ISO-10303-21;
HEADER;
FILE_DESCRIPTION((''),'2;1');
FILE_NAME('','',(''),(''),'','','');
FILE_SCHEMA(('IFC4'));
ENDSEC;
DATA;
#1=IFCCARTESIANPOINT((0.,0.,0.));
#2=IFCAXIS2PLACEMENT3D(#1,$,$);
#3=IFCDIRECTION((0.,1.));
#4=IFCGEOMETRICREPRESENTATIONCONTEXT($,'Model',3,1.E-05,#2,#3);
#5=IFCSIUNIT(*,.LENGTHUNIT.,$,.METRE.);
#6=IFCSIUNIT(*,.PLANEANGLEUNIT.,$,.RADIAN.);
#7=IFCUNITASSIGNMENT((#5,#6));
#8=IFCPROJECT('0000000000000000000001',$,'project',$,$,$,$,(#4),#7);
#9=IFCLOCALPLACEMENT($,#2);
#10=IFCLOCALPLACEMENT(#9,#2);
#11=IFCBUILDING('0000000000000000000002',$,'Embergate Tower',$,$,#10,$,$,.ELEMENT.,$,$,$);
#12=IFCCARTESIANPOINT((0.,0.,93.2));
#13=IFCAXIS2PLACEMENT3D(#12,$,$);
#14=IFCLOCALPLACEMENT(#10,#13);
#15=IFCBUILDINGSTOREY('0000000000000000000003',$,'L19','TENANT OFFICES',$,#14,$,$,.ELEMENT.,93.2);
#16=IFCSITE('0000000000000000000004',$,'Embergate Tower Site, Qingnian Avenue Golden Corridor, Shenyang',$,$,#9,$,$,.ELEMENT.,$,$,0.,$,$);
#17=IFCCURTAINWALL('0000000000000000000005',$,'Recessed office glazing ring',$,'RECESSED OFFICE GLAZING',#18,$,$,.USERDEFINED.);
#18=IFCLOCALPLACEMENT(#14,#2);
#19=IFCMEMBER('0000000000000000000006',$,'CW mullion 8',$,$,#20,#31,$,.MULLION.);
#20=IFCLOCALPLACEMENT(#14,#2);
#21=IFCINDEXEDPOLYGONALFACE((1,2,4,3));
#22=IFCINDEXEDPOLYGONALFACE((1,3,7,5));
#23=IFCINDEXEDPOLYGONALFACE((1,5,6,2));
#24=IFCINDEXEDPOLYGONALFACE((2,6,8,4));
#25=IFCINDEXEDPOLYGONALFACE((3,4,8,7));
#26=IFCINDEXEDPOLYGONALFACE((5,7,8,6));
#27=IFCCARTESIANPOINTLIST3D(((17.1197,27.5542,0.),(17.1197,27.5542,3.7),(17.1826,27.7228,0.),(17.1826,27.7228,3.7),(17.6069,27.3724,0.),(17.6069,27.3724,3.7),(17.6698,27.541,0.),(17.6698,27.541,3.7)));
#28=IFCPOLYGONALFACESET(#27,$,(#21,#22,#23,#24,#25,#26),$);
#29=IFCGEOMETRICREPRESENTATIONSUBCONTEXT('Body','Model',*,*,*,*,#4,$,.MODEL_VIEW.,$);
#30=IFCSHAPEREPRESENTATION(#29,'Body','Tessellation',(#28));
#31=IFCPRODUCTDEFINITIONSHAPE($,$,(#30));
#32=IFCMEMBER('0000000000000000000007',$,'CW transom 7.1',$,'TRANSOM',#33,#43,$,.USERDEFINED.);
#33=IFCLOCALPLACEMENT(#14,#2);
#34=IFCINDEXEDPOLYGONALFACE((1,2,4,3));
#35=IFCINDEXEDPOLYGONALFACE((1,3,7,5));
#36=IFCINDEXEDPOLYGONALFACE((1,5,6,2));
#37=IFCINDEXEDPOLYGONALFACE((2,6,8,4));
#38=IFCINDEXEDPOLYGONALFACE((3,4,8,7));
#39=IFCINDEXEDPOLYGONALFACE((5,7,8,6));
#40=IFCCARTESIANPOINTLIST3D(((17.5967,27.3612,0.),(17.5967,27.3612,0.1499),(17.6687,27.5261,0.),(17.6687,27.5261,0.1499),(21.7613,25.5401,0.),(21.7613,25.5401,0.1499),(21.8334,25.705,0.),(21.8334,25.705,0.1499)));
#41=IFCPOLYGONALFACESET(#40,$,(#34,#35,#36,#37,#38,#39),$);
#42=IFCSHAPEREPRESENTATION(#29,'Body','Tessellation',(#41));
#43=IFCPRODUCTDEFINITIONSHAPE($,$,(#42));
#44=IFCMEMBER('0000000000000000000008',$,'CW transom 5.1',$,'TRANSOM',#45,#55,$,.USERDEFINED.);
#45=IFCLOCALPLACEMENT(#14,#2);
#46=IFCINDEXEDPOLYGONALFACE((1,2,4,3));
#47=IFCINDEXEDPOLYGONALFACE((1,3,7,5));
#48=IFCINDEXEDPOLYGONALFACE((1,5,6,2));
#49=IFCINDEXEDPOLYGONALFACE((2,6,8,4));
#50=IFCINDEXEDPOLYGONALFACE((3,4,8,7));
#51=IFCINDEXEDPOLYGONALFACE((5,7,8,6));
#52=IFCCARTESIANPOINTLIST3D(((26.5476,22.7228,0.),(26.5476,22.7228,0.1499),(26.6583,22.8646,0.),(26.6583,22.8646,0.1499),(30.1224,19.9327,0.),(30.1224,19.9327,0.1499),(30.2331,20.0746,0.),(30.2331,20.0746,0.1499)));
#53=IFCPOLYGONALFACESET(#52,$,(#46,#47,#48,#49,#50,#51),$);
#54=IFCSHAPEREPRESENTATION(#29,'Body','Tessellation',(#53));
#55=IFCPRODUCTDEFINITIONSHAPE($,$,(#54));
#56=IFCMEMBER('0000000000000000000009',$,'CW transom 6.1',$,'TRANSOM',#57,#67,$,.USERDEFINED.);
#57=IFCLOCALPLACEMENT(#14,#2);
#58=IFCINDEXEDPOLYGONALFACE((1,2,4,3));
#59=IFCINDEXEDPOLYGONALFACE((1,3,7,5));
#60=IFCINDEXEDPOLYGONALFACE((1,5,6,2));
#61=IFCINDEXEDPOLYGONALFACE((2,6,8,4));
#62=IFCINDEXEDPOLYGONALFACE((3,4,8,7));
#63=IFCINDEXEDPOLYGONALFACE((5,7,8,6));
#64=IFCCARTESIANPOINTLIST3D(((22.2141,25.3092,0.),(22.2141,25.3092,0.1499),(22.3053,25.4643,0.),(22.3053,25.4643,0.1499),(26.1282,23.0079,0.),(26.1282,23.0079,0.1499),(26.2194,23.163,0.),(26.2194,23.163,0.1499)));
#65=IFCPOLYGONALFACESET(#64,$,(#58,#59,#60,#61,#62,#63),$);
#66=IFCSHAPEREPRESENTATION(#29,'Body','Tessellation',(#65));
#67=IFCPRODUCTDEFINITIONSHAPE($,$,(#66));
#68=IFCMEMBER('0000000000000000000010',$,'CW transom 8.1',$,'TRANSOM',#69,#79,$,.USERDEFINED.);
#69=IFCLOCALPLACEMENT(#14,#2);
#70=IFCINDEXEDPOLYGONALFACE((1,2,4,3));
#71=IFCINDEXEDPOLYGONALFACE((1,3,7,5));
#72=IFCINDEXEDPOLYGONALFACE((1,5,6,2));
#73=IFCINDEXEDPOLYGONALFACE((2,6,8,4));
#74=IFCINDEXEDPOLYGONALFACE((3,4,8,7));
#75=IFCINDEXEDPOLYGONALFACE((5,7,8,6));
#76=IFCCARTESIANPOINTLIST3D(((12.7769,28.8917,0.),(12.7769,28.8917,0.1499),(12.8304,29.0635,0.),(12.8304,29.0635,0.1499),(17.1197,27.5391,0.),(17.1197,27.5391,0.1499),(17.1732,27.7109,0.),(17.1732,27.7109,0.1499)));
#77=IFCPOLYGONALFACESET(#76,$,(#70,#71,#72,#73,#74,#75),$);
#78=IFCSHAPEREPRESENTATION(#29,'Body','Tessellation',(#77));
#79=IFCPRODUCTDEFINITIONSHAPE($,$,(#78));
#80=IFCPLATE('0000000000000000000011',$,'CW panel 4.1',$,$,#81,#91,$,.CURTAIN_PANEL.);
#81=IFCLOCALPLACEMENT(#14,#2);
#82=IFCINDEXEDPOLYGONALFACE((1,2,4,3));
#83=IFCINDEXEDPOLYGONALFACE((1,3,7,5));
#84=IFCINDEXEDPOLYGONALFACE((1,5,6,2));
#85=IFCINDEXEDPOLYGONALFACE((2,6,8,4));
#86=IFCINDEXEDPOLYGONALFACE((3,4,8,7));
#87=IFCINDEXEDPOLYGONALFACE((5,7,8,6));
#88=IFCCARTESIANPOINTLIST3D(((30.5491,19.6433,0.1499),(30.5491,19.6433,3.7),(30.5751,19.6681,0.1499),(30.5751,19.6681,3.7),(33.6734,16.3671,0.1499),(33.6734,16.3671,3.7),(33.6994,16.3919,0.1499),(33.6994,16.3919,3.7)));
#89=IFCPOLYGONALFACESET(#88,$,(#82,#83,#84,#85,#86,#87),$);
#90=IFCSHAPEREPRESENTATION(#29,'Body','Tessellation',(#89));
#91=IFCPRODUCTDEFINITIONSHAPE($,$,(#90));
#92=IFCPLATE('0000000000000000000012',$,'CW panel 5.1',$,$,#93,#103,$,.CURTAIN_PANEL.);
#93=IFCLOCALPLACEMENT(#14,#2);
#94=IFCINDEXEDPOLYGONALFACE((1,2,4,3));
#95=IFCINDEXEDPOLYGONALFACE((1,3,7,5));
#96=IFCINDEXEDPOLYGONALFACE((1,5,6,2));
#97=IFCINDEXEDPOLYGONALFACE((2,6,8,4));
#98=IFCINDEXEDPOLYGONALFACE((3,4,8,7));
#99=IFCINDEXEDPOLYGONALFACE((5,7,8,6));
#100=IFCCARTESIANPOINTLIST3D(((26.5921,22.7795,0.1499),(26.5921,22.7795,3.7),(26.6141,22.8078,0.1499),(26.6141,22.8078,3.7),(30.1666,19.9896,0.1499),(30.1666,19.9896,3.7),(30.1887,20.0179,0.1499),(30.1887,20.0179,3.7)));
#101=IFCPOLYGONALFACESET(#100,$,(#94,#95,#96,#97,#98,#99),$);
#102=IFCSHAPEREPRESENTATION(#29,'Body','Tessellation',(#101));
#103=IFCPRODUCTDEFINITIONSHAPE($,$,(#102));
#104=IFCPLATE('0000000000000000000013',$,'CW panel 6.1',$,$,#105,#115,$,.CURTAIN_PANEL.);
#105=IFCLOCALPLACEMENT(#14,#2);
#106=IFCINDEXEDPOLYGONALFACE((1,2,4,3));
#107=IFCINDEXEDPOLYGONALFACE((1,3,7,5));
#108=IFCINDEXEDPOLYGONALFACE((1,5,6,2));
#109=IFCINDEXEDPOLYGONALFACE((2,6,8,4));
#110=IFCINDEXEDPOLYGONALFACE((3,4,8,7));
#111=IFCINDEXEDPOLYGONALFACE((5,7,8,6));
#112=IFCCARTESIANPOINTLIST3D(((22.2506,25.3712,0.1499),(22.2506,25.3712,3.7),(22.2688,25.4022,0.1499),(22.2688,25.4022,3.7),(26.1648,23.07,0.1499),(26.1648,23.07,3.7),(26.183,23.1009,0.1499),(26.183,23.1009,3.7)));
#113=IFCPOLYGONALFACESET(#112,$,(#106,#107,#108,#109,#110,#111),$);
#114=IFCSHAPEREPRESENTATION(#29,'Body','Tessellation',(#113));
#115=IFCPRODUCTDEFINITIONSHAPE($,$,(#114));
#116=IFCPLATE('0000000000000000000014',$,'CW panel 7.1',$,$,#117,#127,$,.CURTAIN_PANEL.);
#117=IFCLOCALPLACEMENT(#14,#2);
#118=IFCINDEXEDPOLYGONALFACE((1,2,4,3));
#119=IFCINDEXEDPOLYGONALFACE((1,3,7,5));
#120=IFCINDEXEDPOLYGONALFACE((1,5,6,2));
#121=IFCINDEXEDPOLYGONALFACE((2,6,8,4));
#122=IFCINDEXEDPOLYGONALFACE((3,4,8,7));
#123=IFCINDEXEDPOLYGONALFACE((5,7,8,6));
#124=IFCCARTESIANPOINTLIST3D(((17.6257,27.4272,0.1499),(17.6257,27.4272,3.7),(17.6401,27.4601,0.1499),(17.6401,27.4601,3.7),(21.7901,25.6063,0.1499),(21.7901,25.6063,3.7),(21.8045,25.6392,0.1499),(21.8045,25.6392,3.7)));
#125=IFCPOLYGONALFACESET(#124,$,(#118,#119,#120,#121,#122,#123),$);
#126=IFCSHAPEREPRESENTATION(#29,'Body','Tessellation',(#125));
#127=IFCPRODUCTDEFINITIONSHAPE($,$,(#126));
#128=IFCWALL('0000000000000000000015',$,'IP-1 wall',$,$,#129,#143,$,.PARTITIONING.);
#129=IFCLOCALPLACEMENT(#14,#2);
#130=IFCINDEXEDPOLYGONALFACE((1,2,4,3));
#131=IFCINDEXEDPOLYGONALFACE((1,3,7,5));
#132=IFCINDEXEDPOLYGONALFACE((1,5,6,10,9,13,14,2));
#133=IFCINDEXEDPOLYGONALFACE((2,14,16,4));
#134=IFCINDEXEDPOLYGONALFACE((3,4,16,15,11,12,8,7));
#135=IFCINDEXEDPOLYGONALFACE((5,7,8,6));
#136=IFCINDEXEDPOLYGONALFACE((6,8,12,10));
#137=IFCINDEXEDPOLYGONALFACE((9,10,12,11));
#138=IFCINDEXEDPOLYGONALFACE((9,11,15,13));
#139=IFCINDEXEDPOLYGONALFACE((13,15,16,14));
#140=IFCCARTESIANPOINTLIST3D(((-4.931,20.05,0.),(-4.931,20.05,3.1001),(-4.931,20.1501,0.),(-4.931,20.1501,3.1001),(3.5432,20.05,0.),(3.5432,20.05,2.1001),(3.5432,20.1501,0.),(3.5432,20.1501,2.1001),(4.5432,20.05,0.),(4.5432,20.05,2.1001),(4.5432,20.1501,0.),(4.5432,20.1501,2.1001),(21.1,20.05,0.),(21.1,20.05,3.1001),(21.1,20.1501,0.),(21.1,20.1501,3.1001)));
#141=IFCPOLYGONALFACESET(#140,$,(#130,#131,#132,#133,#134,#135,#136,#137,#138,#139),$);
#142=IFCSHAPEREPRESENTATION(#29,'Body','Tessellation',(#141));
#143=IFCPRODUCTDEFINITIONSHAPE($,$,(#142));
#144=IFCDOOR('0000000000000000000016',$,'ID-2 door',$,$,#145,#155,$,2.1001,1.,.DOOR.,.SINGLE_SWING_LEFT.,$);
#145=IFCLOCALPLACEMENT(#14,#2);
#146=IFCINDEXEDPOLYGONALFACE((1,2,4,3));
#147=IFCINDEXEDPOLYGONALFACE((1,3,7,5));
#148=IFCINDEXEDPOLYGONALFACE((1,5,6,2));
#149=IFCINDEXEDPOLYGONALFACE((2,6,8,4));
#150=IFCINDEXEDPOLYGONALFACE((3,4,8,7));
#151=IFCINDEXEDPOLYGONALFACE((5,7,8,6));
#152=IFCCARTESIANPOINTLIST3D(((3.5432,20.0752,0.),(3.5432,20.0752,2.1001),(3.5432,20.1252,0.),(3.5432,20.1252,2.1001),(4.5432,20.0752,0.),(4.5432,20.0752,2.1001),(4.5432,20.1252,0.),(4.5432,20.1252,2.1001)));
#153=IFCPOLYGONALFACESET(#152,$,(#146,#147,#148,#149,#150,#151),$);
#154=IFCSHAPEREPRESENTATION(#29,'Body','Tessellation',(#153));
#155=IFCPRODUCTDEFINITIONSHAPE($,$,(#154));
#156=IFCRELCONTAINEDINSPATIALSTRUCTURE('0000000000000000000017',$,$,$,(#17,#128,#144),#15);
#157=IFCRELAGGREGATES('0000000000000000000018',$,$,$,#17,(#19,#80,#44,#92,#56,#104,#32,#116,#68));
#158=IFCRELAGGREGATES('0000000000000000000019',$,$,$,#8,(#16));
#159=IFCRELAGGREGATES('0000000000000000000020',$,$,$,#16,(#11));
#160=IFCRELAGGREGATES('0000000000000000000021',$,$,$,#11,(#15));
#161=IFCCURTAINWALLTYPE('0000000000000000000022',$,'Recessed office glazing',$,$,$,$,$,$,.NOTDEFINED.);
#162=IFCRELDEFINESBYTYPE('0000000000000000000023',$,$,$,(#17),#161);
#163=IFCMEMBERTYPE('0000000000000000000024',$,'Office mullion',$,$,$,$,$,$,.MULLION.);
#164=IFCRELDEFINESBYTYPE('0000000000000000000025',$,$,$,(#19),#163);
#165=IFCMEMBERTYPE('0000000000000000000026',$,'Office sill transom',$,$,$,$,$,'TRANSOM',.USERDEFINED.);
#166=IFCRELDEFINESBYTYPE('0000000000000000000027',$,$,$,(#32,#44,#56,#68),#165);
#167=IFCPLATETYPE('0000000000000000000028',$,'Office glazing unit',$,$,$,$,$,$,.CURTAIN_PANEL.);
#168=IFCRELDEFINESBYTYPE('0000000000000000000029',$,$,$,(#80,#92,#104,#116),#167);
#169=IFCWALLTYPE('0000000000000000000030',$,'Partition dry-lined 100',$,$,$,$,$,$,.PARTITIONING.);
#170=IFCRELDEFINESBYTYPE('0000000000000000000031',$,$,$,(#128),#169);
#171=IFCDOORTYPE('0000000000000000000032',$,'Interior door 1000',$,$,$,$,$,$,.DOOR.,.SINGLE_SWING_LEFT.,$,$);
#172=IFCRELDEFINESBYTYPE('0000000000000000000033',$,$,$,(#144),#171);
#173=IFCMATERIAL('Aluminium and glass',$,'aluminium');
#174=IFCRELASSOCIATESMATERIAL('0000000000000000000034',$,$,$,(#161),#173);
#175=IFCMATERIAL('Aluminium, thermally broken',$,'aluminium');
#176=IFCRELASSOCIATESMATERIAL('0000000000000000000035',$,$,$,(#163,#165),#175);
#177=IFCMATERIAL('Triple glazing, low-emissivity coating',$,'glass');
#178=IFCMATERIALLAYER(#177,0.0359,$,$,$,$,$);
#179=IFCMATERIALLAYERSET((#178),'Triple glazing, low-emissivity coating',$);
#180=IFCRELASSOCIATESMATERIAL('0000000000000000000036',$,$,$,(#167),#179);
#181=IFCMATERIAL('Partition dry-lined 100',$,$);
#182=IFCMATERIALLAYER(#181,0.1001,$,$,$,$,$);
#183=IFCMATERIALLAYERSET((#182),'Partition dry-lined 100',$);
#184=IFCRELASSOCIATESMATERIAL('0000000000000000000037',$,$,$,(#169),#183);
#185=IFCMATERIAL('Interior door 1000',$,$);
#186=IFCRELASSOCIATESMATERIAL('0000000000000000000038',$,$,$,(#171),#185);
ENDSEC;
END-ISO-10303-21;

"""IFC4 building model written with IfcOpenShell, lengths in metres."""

from ifc_helpers import new_model, si_unit, direction, frame, frame_2d, origin, origin_2d, place, context, subcontext, project, spatial, rectangle, extrude, source, transform, mapped, material, layer, layer_set, material_profile, profile_set, type_object, element, fill, aggregate, save


model = new_model("IFC4")

# Units and contexts
model_context = context("Model", 3, precision=1e-05, world=origin(), true_north=direction((0.0, 1.0)))
body_context = subcontext(model_context, "Body", "Model", "MODEL_VIEW")
ifc_project = project(units=[si_unit("LENGTHUNIT", "METRE"), si_unit("PLANEANGLEUNIT", "RADIAN")], contexts=[model_context])

# Site, building, storey
site_placement = place(None, origin())
site = spatial("IfcSite", under=ifc_project, at=site_placement, Name="Embergate Tower Site, Qingnian Avenue Golden Corridor, Shenyang", CompositionType="ELEMENT", RefElevation=0.0)
building_placement = place(site_placement, origin())
building = spatial("IfcBuilding", under=site, at=building_placement, Name="Embergate Tower", CompositionType="ELEMENT")
storey_placement = place(building_placement, frame((0.0, 0.0, 93.2)))
storey = spatial("IfcBuildingStorey", under=building, at=storey_placement, Name="L19", Description="TENANT OFFICES", CompositionType="ELEMENT", Elevation=93.2)

# Curtain wall, members, plates
ifc_material_1 = material(Name="Aluminium and glass", Category="aluminium")
curtain_wall_type = type_object("IfcCurtainWallType", Name="Recessed office glazing", PredefinedType="NOTDEFINED", material=ifc_material_1)
curtain_wall_placement = place(storey_placement, origin())
curtain_wall = element("IfcCurtainWall", 1, at=curtain_wall_placement, inside=storey, type_object=curtain_wall_type, Name="Recessed office glazing ring", ObjectType="RECESSED OFFICE GLAZING", PredefinedType="USERDEFINED")
ifc_material_2 = material(Name="Aluminium, thermally broken", Category="aluminium")
ifc_material_profile_1 = material_profile(ifc_material_2, rectangle(XDim=0.1799, YDim=0.52, at=origin_2d()), Name="AL 520x180")
ifc_profile_set_1 = profile_set([ifc_material_profile_1], Name="Aluminium, thermally broken")
member_type_1 = type_object("IfcMemberType", Name="Office mullion", PredefinedType="MULLION", material=ifc_profile_set_1)
shared_shape_1 = source(origin(), body_context, "Body", "SweptSolid", [
    extrude(rectangle(XDim=0.1799, YDim=0.52, at=origin_2d()), origin(), (0.0, 0.0, 1.0), 3.7),
])
member_1_placement = place(storey_placement, frame((17.3948, 27.5476, 0.0), z_axis=(0.0, 0.0, 1.0), x_axis=(-0.349504, -0.936935, 0.0)))
member_1 = element("IfcMember", 2, at=member_1_placement, type_object=member_type_1, Name="CW mullion 8", PredefinedType="MULLION", context=body_context, shape_type="MappedRepresentation", body=[
    mapped(shared_shape_1, transform((0.0, 0.0, 0.0))),
])
ifc_material_profile_2 = material_profile(ifc_material_2, rectangle(XDim=0.1799, YDim=0.1499, at=origin_2d()), Name="AL 150x180")
ifc_profile_set_2 = profile_set([ifc_material_profile_2], Name="Aluminium, thermally broken")
member_type_2 = type_object("IfcMemberType", Name="Office sill transom", ElementType="TRANSOM", PredefinedType="USERDEFINED", material=ifc_profile_set_2)
shared_shape_2 = source(origin(), body_context, "Body", "SweptSolid", [
    extrude(rectangle(XDim=0.1799, YDim=0.1499, at=origin_2d()), origin(), (0.0, 0.0, 1.0), 4.5454),
])
member_2_placement = place(storey_placement, frame((21.7974, 25.6226, 0.075), z_axis=(-0.916234, 0.400644, 0.0), x_axis=(-0.400644, -0.916234, 0.0)))
member_2 = element("IfcMember", 3, at=member_2_placement, type_object=member_type_2, Name="CW transom 7.1", ObjectType="TRANSOM", PredefinedType="USERDEFINED", context=body_context, shape_type="MappedRepresentation", body=[
    mapped(shared_shape_2, transform((0.0, 0.0, 0.0))),
])
shared_shape_3 = source(origin(), body_context, "Body", "SweptSolid", [
    extrude(rectangle(XDim=0.1799, YDim=0.1499, at=origin_2d()), origin(), (0.0, 0.0, 1.0), 4.5347),
])
member_3_placement = place(storey_placement, frame((30.1777, 20.0037, 0.075), z_axis=(-0.788313, 0.615274, 0.0), x_axis=(-0.615274, -0.788313, 0.0)))
member_3 = element("IfcMember", 4, at=member_3_placement, type_object=member_type_2, Name="CW transom 5.1", ObjectType="TRANSOM", PredefinedType="USERDEFINED", context=body_context, shape_type="MappedRepresentation", body=[
    mapped(shared_shape_3, transform((0.0, 0.0, 0.0))),
])
shared_shape_4 = source(origin(), body_context, "Body", "SweptSolid", [
    extrude(rectangle(XDim=0.1799, YDim=0.1499, at=origin_2d()), origin(), (0.0, 0.0, 1.0), 4.5405),
])
member_4_placement = place(storey_placement, frame((26.1738, 23.0854, 0.075), z_axis=(-0.862042, 0.506837, 0.0), x_axis=(-0.506837, -0.862042, 0.0)))
member_4 = element("IfcMember", 5, at=member_4_placement, type_object=member_type_2, Name="CW transom 6.1", ObjectType="TRANSOM", PredefinedType="USERDEFINED", context=body_context, shape_type="MappedRepresentation", body=[
    mapped(shared_shape_4, transform((0.0, 0.0, 0.0))),
])
shared_shape_5 = source(origin(), body_context, "Body", "SweptSolid", [
    extrude(rectangle(XDim=0.1799, YDim=0.1499, at=origin_2d()), origin(), (0.0, 0.0, 1.0), 4.5486),
])
member_5_placement = place(storey_placement, frame((17.1465, 27.625, 0.075), z_axis=(-0.954766, 0.297358, 0.0), x_axis=(-0.297358, -0.954766, 0.0)))
member_5 = element("IfcMember", 6, at=member_5_placement, type_object=member_type_2, Name="CW transom 8.1", ObjectType="TRANSOM", PredefinedType="USERDEFINED", context=body_context, shape_type="MappedRepresentation", body=[
    mapped(shared_shape_5, transform((0.0, 0.0, 0.0))),
])
ifc_material_3 = material(Name="Triple glazing, low-emissivity coating", Category="glass")
ifc_layer_1 = layer(ifc_material_3, 0.0359)
ifc_layer_set_1 = layer_set([ifc_layer_1], Name="Triple glazing, low-emissivity coating")
plate_type = type_object("IfcPlateType", Name="Office glazing unit", PredefinedType="CURTAIN_PANEL", material=ifc_layer_set_1)
shared_shape_6 = source(origin(), body_context, "Body", "SweptSolid", [
    extrude(rectangle(XDim=4.5271, YDim=0.0359, at=origin_2d()), origin(), (0.0, 0.0, 1.0), 3.55),
])
plate_1_placement = place(storey_placement, frame((32.1243, 18.0176, 0.1499), z_axis=(0.0, 0.0, 1.0), x_axis=(-0.690133, 0.723683, 0.0)))
plate_1 = element("IfcPlate", 7, at=plate_1_placement, type_object=plate_type, Name="CW panel 4.1", PredefinedType="CURTAIN_PANEL", context=body_context, shape_type="MappedRepresentation", body=[
    mapped(shared_shape_6, transform((0.0, 0.0, 0.0))),
])
shared_shape_7 = source(origin(), body_context, "Body", "SweptSolid", [
    extrude(rectangle(XDim=4.5344, YDim=0.0359, at=origin_2d()), origin(), (0.0, 0.0, 1.0), 3.55),
])
plate_2_placement = place(storey_placement, frame((28.3904, 21.3987, 0.1499), z_axis=(0.0, 0.0, 1.0), x_axis=(-0.788319, 0.615267, 0.0)))
plate_2 = element("IfcPlate", 8, at=plate_2_placement, type_object=plate_type, Name="CW panel 5.1", PredefinedType="CURTAIN_PANEL", context=body_context, shape_type="MappedRepresentation", body=[
    mapped(shared_shape_7, transform((0.0, 0.0, 0.0))),
])
shared_shape_8 = source(origin(), body_context, "Body", "SweptSolid", [
    extrude(rectangle(XDim=4.5405, YDim=0.0359, at=origin_2d()), origin(), (0.0, 0.0, 1.0), 3.55),
])
plate_3_placement = place(storey_placement, frame((24.2168, 24.2361, 0.1499), z_axis=(0.0, 0.0, 1.0), x_axis=(-0.862052, 0.506819, 0.0)))
plate_3 = element("IfcPlate", 9, at=plate_3_placement, type_object=plate_type, Name="CW panel 6.1", PredefinedType="CURTAIN_PANEL", context=body_context, shape_type="MappedRepresentation", body=[
    mapped(shared_shape_8, transform((0.0, 0.0, 0.0))),
])
shared_shape_9 = source(origin(), body_context, "Body", "SweptSolid", [
    extrude(rectangle(XDim=4.5452, YDim=0.0359, at=origin_2d()), origin(), (0.0, 0.0, 1.0), 3.55),
])
plate_4_placement = place(storey_placement, frame((19.7151, 26.5332, 0.1499), z_axis=(0.0, 0.0, 1.0), x_axis=(-0.916236, 0.40064, 0.0)))
plate_4 = element("IfcPlate", 10, at=plate_4_placement, type_object=plate_type, Name="CW panel 7.1", PredefinedType="CURTAIN_PANEL", context=body_context, shape_type="MappedRepresentation", body=[
    mapped(shared_shape_9, transform((0.0, 0.0, 0.0))),
])
aggregate(curtain_wall, [member_1, plate_1, member_3, plate_2, member_4, plate_3, member_2, plate_4, member_5])

# Wall, opening, door
ifc_material_4 = material(Name="Partition dry-lined 100")
ifc_layer_2 = layer(ifc_material_4, 0.1001)
ifc_layer_set_2 = layer_set([ifc_layer_2], Name="Partition dry-lined 100")
wall_type = type_object("IfcWallType", Name="Partition dry-lined 100", PredefinedType="PARTITIONING", material=ifc_layer_set_2)
shared_shape_10 = source(origin(), body_context, "Body", "SweptSolid", [
    extrude(rectangle(XDim=26.031, YDim=0.1001, at=frame_2d((13.0156, 0.0))), origin(), (0.0, 0.0, 1.0), 3.1001),
])
wall_placement = place(storey_placement, frame((21.1001, 20.1001, 0.0), z_axis=(0.0, 0.0, 1.0), x_axis=(-1.0, 0.0, 0.0)))
wall = element("IfcWall", 11, at=wall_placement, inside=storey, type_object=wall_type, Name="IP-1 wall", PredefinedType="PARTITIONING", context=body_context, shape_type="MappedRepresentation", body=[
    mapped(shared_shape_10, transform((0.0, 0.0, 0.0))),
])
shared_shape_11 = source(origin(), body_context, "Body", "SweptSolid", [
    extrude(rectangle(XDim=1.0, YDim=2.1001, at=frame_2d((0.5, 1.05))), frame((0.0, 0.0601, 0.0), z_axis=(0.0, -1.0, 0.0), x_axis=(1.0, 0.0, 0.0)), (0.0, 0.0, 1.0), 0.1201),
])
opening_placement = place(wall_placement, frame((16.5569, 0.0, 0.0)))
opening = element("IfcOpeningElement", 12, at=opening_placement, cuts=wall, PredefinedType="OPENING", context=body_context, shape_type="MappedRepresentation", body=[
    mapped(shared_shape_11, transform((0.0, 0.0, 0.0))),
])
ifc_material_5 = material(Name="Interior door 1000")
door_type = type_object("IfcDoorType", Name="Interior door 1000", OperationType="SINGLE_SWING_LEFT", PredefinedType="DOOR", material=ifc_material_5)
shared_shape_12 = source(origin(), body_context, "Body", "SweptSolid", [
    extrude(rectangle(XDim=1.0, YDim=2.1001, at=frame_2d((0.5, 1.05))), frame((0.0, 0.0249, 0.0), z_axis=(0.0, -1.0, 0.0), x_axis=(1.0, 0.0, 0.0)), (0.0, 0.0, 1.0), 0.05),
])
door_placement = place(opening_placement, origin())
door = element("IfcDoor", 13, at=door_placement, inside=storey, type_object=door_type, Name="ID-2 door", OperationType="SINGLE_SWING_LEFT", OverallHeight=2.1001, OverallWidth=1.0, PredefinedType="DOOR", context=body_context, shape_type="MappedRepresentation", body=[
    mapped(shared_shape_12, transform((0.0, 0.0, 0.0))),
])
fill(opening, door)

save(model, "model.ifc")
